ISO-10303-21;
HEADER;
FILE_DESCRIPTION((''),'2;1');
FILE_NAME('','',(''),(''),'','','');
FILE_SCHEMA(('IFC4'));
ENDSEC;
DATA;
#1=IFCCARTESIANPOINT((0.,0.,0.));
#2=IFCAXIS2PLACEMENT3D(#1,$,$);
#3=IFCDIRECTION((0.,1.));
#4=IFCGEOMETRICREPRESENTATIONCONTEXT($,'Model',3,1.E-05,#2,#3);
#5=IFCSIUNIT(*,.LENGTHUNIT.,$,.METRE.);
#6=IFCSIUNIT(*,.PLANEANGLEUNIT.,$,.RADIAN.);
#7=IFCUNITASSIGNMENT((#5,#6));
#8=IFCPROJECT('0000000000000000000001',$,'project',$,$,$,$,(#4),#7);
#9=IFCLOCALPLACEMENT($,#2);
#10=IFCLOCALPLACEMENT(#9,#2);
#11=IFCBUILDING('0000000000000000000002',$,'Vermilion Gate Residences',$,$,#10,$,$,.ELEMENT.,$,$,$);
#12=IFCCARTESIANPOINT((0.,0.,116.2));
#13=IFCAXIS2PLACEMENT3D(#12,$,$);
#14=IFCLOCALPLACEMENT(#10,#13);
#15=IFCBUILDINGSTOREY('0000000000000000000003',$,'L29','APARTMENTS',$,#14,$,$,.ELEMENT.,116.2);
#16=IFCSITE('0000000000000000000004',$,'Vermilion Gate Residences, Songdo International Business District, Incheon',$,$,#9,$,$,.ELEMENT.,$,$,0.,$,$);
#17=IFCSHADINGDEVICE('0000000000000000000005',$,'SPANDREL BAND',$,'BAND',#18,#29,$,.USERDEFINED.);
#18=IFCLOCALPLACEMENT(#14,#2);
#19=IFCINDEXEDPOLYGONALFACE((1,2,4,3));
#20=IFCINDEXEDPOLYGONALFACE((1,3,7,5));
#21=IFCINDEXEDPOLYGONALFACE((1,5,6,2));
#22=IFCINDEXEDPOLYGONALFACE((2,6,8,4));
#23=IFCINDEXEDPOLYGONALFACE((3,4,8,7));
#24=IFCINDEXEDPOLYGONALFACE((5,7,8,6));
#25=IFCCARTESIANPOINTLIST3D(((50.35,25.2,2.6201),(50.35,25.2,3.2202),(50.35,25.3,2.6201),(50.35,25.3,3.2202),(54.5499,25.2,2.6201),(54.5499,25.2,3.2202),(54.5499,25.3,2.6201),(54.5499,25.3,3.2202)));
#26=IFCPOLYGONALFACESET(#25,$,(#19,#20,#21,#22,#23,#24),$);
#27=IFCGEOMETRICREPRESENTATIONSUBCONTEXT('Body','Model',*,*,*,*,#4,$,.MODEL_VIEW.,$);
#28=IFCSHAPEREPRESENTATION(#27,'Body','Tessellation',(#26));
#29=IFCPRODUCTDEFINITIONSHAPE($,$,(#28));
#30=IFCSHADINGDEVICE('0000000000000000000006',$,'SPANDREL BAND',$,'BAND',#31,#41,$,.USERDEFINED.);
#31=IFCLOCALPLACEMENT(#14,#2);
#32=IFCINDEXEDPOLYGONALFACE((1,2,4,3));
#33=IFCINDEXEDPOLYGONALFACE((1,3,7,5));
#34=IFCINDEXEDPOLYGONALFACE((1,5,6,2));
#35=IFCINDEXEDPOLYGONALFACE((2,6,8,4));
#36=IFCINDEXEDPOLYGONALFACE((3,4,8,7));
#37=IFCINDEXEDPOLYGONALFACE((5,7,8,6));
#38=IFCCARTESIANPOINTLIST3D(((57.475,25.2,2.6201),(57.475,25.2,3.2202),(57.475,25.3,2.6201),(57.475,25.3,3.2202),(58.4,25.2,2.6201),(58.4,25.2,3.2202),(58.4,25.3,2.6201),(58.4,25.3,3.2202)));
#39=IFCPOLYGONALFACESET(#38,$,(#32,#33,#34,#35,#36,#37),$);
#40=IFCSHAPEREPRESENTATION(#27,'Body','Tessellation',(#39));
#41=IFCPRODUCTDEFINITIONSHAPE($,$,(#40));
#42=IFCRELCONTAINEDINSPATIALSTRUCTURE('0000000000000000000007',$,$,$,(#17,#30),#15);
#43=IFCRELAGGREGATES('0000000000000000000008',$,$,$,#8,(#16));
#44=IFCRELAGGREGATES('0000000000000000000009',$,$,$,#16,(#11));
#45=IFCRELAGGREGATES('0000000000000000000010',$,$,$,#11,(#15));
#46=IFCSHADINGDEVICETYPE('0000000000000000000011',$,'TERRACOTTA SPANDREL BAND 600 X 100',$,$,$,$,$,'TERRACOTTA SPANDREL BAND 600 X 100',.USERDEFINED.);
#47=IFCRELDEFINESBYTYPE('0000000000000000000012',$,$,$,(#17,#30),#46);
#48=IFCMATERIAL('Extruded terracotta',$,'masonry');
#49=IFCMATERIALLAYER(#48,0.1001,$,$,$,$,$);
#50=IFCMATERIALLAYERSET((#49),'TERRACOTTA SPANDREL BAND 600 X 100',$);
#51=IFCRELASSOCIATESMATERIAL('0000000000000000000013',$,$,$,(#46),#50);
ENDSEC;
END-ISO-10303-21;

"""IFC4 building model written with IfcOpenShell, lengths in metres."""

from ifc_helpers import new_model, si_unit, direction, frame, origin, origin_2d, place, context, subcontext, project, spatial, rectangle, extrude, material, layer, layer_set, type_object, element, save


model = new_model("IFC4")

# Units and contexts
model_context = context("Model", 3, precision=1e-05, world=origin(), true_north=direction((0.0, 1.0)))
body_context = subcontext(model_context, "Body", "Model", "MODEL_VIEW")
ifc_project = project(units=[si_unit("LENGTHUNIT", "METRE"), si_unit("PLANEANGLEUNIT", "RADIAN")], contexts=[model_context])

# Site, building, storey
site_placement = place(None, origin())
site = spatial("IfcSite", under=ifc_project, at=site_placement, Name="Vermilion Gate Residences, Songdo International Business District, Incheon", CompositionType="ELEMENT", RefElevation=0.0)
building_placement = place(site_placement, origin())
building = spatial("IfcBuilding", under=site, at=building_placement, Name="Vermilion Gate Residences", CompositionType="ELEMENT")
storey_placement = place(building_placement, frame((0.0, 0.0, 116.2)))
storey = spatial("IfcBuildingStorey", under=building, at=storey_placement, Name="L29", Description="APARTMENTS", CompositionType="ELEMENT", Elevation=116.2)

# Shading devices
ifc_material_1 = material(Name="Extruded terracotta", Category="masonry")
ifc_layer_1 = layer(ifc_material_1, 0.1001)
ifc_layer_set_1 = layer_set([ifc_layer_1], Name="TERRACOTTA SPANDREL BAND 600 X 100")
shading_device_type_1 = type_object("IfcShadingDeviceType", Name="TERRACOTTA SPANDREL BAND 600 X 100", ElementType="TERRACOTTA SPANDREL BAND 600 X 100", PredefinedType="USERDEFINED", material=ifc_layer_set_1)
shading_device_1_placement = place(storey_placement, frame((52.45, 25.25, 2.6201), z_axis=(0.0, 0.0, 1.0), x_axis=(1.0, 0.0, 0.0)))
element("IfcShadingDevice", 1, at=shading_device_1_placement, inside=storey, type_object=shading_device_type_1, Name="SPANDREL BAND", ObjectType="BAND", PredefinedType="USERDEFINED", context=body_context, shape_type="SweptSolid", body=[
    extrude(rectangle(XDim=4.2, YDim=0.1001, at=origin_2d()), origin(), (0.0, 0.0, 1.0), 0.6001),
])
shading_device_2_placement = place(storey_placement, frame((57.9375, 25.25, 2.6201), z_axis=(0.0, 0.0, 1.0), x_axis=(1.0, 0.0, 0.0)))
element("IfcShadingDevice", 2, at=shading_device_2_placement, inside=storey, type_object=shading_device_type_1, Name="SPANDREL BAND", ObjectType="BAND", PredefinedType="USERDEFINED", context=body_context, shape_type="SweptSolid", body=[
    extrude(rectangle(XDim=0.925, YDim=0.1001, at=origin_2d()), origin(), (0.0, 0.0, 1.0), 0.6001),
])

save(model, "model.ifc")
